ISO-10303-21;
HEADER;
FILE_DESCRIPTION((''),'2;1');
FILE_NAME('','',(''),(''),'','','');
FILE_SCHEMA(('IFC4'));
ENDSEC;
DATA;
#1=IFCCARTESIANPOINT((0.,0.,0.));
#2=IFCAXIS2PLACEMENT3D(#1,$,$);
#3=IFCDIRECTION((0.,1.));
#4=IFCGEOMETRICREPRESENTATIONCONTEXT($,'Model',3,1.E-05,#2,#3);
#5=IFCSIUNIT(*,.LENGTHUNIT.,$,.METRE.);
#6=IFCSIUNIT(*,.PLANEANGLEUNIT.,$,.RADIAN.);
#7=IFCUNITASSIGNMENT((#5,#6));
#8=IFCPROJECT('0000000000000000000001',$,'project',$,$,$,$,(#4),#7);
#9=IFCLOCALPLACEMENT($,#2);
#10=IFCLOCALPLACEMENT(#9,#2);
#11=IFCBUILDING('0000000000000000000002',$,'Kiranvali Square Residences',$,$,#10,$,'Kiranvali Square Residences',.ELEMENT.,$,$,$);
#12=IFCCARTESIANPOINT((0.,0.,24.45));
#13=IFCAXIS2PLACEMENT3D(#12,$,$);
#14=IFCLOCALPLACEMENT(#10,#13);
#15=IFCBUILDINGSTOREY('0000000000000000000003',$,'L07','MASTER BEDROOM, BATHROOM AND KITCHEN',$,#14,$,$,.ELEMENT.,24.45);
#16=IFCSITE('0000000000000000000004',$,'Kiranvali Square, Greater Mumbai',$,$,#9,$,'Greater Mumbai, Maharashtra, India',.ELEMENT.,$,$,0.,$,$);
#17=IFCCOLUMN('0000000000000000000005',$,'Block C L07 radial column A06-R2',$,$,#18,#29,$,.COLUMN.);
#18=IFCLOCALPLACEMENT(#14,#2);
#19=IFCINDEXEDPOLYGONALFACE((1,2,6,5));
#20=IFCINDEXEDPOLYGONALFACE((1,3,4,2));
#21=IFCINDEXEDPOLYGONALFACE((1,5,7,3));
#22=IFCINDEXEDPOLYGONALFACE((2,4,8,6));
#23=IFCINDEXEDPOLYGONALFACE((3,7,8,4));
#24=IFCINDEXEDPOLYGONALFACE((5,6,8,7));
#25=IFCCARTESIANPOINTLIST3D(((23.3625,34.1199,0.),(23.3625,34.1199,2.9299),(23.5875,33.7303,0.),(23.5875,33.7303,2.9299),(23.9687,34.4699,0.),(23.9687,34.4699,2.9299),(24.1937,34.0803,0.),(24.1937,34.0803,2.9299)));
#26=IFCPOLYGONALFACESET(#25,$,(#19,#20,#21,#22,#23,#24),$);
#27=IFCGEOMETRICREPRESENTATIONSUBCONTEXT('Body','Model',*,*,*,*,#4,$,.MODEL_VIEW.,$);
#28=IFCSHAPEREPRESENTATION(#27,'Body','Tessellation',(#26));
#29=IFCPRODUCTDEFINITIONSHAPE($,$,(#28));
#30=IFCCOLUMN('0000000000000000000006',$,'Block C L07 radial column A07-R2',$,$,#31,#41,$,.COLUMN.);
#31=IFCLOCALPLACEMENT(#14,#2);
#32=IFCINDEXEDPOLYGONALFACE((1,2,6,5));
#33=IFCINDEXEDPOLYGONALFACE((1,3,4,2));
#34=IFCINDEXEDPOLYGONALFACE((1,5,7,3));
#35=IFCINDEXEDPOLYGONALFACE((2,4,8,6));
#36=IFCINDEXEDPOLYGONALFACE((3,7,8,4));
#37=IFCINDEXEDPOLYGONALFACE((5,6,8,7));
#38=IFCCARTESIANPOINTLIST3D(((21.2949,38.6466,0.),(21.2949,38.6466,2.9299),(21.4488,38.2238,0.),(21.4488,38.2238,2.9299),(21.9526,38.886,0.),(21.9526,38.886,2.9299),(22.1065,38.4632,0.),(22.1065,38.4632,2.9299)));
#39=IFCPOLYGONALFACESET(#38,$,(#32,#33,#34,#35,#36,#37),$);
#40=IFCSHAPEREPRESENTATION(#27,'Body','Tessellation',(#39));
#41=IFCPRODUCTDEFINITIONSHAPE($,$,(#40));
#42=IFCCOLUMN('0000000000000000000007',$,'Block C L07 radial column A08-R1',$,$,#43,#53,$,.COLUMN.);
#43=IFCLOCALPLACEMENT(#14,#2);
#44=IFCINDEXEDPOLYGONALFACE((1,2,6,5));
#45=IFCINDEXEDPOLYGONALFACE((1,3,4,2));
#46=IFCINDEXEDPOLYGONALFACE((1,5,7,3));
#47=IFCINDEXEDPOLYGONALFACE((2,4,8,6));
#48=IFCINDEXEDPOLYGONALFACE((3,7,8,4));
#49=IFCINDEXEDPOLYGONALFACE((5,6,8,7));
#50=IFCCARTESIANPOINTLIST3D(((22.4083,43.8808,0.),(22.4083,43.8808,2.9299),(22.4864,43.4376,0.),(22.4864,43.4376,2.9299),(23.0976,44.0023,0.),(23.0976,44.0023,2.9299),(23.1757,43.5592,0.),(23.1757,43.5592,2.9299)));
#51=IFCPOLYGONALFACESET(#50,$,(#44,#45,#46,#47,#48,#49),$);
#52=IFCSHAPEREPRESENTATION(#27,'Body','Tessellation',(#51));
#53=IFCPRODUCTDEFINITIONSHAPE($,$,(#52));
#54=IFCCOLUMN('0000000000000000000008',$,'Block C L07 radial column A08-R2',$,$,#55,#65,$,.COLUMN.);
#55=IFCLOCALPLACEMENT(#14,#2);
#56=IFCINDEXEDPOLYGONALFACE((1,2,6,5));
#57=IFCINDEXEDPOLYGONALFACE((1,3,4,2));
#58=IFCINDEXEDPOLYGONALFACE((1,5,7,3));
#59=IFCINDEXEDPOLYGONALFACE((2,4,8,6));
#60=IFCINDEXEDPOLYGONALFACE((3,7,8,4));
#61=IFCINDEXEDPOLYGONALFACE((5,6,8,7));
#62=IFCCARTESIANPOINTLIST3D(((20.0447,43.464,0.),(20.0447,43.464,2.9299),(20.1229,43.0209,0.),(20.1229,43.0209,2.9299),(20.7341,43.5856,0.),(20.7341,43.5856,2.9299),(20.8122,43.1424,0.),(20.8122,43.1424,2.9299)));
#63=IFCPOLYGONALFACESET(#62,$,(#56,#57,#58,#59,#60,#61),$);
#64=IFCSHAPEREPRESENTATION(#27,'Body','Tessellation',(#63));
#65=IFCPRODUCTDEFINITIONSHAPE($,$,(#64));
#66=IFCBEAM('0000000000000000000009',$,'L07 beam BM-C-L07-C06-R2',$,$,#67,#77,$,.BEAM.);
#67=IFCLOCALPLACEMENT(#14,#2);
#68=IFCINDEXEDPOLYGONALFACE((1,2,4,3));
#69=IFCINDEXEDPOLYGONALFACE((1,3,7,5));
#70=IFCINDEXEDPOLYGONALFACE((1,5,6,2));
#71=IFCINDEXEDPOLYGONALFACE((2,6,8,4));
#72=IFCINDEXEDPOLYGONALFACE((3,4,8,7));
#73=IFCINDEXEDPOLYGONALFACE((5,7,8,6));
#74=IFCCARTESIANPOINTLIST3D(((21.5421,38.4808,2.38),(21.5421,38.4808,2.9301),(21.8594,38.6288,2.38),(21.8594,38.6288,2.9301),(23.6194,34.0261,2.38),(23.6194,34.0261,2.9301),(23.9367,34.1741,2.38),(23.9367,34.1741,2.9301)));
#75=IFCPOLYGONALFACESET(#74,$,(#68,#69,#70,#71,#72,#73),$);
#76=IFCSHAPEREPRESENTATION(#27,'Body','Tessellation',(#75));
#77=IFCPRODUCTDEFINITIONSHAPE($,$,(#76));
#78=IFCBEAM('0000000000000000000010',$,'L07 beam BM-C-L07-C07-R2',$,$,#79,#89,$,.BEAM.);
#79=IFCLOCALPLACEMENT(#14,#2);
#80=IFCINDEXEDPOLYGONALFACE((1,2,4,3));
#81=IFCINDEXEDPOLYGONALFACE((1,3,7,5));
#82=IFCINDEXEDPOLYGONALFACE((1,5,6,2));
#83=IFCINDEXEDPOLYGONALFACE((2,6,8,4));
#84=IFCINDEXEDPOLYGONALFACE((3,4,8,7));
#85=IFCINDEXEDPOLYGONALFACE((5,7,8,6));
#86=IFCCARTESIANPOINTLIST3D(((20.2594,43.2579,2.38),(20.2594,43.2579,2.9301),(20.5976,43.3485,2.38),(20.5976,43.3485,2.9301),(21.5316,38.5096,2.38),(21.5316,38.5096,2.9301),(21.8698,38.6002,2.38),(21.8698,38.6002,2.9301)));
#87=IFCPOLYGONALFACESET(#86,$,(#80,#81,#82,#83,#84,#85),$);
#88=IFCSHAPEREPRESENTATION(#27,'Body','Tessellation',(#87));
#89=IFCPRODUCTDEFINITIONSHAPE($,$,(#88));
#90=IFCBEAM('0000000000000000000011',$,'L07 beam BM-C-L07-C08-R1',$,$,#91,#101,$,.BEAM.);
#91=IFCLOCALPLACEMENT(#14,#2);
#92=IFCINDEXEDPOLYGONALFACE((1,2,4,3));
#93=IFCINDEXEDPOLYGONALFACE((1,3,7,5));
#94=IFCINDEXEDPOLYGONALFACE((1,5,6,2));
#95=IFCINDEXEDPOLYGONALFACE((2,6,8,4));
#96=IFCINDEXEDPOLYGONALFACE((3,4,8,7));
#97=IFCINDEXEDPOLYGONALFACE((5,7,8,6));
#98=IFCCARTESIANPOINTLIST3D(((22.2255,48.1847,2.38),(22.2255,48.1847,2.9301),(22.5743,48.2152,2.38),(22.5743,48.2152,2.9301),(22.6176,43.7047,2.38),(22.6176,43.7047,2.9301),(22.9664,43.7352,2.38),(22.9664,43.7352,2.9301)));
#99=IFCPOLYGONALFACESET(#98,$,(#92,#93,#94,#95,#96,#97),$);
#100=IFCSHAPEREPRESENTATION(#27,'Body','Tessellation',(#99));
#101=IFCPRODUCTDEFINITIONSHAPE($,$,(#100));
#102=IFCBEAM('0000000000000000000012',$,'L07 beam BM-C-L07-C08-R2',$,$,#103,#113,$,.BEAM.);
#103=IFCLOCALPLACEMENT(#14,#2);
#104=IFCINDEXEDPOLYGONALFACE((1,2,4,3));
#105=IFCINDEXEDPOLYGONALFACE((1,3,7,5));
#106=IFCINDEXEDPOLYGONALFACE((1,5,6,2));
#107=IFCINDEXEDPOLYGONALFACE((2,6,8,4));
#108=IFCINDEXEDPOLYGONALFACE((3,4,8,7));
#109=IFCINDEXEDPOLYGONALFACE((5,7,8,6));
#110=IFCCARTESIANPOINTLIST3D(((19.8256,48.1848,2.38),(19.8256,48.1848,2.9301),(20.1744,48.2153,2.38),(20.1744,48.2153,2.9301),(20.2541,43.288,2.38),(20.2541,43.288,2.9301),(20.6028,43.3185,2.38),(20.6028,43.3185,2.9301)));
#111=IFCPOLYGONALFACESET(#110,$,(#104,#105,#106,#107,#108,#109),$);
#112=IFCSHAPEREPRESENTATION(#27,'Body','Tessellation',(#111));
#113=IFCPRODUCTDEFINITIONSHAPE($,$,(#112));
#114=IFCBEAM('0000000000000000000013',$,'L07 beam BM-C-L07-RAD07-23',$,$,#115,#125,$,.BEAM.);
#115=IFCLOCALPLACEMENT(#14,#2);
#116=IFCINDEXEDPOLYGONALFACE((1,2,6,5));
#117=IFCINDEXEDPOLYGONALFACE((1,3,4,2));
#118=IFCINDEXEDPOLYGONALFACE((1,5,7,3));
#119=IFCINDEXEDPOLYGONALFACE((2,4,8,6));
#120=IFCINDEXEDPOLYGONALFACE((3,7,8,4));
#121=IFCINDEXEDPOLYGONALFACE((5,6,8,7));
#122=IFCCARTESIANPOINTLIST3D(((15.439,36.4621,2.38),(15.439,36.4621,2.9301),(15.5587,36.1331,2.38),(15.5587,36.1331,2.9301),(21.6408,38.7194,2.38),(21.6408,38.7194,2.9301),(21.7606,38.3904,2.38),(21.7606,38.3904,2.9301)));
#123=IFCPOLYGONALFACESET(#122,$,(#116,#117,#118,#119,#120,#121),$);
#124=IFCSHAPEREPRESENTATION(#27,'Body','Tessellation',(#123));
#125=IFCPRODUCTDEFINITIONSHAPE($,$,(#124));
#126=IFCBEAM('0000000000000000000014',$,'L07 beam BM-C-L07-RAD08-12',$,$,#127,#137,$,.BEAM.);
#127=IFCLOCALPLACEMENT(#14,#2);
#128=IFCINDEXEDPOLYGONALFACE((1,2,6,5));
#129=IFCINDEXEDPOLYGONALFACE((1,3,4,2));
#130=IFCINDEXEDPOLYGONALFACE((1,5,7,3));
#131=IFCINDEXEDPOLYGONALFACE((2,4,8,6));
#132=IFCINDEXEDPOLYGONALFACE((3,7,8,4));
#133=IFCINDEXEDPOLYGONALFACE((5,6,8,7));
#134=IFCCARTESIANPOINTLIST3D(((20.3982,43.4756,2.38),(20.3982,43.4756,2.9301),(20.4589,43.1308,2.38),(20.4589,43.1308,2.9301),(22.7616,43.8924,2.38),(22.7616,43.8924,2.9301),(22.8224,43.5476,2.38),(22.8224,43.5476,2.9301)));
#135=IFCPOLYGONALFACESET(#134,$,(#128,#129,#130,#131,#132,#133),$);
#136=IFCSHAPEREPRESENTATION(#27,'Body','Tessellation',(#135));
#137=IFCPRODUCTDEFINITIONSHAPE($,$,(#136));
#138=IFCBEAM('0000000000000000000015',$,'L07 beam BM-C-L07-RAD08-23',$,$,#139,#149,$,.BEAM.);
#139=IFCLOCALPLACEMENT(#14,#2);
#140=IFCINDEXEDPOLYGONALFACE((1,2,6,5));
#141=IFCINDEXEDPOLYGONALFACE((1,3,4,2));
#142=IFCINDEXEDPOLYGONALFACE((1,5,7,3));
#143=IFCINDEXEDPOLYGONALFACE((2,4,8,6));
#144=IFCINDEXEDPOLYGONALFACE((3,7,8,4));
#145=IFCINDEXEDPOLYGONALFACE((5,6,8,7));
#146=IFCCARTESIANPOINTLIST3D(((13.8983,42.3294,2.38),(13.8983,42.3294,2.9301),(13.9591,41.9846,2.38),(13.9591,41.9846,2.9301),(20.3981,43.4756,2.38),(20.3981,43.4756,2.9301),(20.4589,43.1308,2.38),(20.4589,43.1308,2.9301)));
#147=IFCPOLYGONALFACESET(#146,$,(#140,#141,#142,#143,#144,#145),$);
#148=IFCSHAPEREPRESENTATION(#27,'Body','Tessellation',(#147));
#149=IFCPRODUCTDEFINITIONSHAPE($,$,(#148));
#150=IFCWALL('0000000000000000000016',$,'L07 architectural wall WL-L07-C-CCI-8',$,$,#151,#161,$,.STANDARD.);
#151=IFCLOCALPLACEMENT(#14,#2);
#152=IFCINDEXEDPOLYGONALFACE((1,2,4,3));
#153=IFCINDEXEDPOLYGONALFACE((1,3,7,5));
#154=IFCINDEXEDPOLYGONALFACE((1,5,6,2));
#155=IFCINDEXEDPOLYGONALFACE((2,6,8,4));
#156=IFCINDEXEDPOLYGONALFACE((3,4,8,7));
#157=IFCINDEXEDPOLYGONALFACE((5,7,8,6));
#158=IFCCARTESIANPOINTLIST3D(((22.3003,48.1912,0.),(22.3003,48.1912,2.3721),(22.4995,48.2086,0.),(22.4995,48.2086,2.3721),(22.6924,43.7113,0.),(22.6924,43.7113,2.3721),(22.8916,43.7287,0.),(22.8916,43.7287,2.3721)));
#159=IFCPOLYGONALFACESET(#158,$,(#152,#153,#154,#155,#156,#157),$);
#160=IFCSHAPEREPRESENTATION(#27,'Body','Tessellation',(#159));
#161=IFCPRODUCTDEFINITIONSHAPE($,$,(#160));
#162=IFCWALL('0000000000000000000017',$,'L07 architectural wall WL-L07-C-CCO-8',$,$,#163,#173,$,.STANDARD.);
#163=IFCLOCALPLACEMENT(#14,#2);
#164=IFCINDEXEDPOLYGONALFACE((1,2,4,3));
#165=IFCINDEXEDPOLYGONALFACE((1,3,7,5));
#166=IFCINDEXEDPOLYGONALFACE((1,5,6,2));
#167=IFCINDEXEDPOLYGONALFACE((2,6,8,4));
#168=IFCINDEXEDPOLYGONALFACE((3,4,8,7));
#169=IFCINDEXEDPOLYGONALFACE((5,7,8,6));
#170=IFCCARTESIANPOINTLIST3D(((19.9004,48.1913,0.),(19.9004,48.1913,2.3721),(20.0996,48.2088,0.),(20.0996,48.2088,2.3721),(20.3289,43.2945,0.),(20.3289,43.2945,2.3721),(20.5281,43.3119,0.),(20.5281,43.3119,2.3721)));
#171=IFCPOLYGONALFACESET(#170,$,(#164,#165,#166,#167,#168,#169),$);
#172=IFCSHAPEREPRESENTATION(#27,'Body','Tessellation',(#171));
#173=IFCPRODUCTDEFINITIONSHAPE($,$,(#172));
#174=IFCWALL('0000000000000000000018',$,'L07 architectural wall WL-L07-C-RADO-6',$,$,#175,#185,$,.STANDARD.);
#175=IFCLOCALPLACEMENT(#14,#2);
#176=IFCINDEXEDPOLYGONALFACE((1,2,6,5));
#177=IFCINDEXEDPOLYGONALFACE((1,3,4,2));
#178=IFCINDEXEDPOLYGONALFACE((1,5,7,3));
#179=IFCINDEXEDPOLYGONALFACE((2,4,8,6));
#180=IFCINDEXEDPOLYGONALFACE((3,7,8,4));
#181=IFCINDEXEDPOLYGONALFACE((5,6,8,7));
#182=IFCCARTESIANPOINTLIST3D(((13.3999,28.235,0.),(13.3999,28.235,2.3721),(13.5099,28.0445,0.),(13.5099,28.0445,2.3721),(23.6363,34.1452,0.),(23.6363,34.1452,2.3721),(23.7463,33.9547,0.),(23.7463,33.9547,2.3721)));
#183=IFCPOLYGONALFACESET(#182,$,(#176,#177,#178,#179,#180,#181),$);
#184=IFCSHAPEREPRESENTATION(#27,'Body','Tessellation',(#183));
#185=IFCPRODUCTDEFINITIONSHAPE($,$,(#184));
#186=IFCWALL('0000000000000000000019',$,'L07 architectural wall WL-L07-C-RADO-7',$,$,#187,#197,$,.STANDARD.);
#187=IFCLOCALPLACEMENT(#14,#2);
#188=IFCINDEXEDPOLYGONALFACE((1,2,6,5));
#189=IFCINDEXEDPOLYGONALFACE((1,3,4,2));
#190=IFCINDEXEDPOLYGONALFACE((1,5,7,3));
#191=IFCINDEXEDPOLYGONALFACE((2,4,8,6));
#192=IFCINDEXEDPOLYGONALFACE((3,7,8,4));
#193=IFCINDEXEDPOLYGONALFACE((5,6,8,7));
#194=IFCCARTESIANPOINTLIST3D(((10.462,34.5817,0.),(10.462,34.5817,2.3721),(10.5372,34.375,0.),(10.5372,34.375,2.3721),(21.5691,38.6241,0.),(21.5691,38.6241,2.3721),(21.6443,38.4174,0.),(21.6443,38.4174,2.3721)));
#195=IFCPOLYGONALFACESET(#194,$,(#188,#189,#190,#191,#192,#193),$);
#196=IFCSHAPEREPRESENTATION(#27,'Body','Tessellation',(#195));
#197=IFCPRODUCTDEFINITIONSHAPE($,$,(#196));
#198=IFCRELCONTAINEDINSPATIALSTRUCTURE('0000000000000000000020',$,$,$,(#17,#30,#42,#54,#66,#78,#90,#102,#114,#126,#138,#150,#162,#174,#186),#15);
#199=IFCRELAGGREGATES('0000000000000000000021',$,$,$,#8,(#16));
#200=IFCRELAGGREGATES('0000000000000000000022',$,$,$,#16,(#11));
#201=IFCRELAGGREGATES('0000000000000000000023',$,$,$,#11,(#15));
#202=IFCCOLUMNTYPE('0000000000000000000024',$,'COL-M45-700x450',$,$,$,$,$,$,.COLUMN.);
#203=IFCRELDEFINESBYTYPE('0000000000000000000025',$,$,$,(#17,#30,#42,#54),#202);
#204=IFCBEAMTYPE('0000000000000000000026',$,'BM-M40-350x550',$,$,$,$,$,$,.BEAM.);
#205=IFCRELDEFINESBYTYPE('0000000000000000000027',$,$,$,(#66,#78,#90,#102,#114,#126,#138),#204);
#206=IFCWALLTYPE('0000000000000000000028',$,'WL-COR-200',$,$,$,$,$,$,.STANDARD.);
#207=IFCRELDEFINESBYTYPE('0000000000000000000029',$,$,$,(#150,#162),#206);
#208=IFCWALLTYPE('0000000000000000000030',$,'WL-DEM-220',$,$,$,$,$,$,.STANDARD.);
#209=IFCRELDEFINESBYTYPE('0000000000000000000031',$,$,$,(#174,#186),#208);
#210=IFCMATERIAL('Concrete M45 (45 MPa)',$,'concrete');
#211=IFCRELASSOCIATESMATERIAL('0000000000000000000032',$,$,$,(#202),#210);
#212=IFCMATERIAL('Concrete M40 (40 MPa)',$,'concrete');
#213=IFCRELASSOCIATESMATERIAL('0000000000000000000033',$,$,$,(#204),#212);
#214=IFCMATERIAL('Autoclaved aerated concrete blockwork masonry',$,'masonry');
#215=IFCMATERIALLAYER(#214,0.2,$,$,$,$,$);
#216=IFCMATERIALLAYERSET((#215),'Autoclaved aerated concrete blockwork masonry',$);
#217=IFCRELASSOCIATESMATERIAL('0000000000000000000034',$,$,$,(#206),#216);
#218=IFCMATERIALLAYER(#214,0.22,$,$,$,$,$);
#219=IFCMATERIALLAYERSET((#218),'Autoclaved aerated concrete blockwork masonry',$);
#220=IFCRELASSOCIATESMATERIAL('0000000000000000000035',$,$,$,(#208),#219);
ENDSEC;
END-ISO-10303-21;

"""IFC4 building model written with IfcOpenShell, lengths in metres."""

from ifc_helpers import new_model, si_unit, direction, frame, frame_2d, origin, origin_2d, place, context, subcontext, project, spatial, rectangle, extrude, material, layer, layer_set, material_profile, profile_set, type_object, element, save


model = new_model("IFC4")

# Units and contexts
model_context = context("Model", 3, precision=1e-05, world=origin(), true_north=direction((0.0, 1.0)))
body_context = subcontext(model_context, "Body", "Model", "MODEL_VIEW")
ifc_project = project(units=[si_unit("LENGTHUNIT", "METRE"), si_unit("PLANEANGLEUNIT", "RADIAN")], contexts=[model_context])

# Site, building, storey
site_placement = place(None, origin())
site = spatial("IfcSite", under=ifc_project, at=site_placement, Name="Kiranvali Square, Greater Mumbai", LongName="Greater Mumbai, Maharashtra, India", CompositionType="ELEMENT", RefElevation=0.0)
building_placement = place(site_placement, origin())
building = spatial("IfcBuilding", under=site, at=building_placement, Name="Kiranvali Square Residences", LongName="Kiranvali Square Residences", CompositionType="ELEMENT")
storey_placement = place(building_placement, frame((0.0, 0.0, 24.45)))
storey = spatial("IfcBuildingStorey", under=building, at=storey_placement, Name="L07", Description="MASTER BEDROOM, BATHROOM AND KITCHEN", CompositionType="ELEMENT", Elevation=24.45)

# Columns
ifc_material_1 = material(Name="Concrete M45 (45 MPa)", Category="concrete")
ifc_material_profile_1 = material_profile(ifc_material_1, rectangle(XDim=0.45, YDim=0.7, at=origin_2d()), Name="RC 700x450")
ifc_profile_set_1 = profile_set([ifc_material_profile_1], Name="Concrete M45 (45 MPa)")
column_type = type_object("IfcColumnType", Name="COL-M45-700x450", PredefinedType="COLUMN", material=ifc_profile_set_1)
for number, where, z_axis, x_axis, name in (
    (1, (23.7781, 34.1001, 0.0), (0.0, 0.0, 1.0), (-0.5, 0.866025, 0.0), "Block C L07 radial column A06-R2"),
    (2, (21.7007, 38.5549, 0.0), (0.0, 0.0, 1.0), (-0.34202, 0.939693, 0.0), "Block C L07 radial column A07-R2"),
    (3, (22.792, 43.72, 0.0), (0.0, 0.0, 1.0), (-0.173648, 0.984808, 0.0), "Block C L07 radial column A08-R1"),
    (4, (20.4285, 43.3032, 0.0), (0.0, 0.0, 1.0), (-0.173648, 0.984808, 0.0), "Block C L07 radial column A08-R2"),
):
    element("IfcColumn", number, at=place(storey_placement, frame(where, z_axis=z_axis, x_axis=x_axis)), inside=storey, type_object=column_type, Name=name, PredefinedType="COLUMN", context=body_context, shape_type="SweptSolid", body=[
        extrude(rectangle(XDim=0.45, YDim=0.7, at=origin_2d()), origin(), (0.0, 0.0, 1.0), 2.9299),
    ])

# Beams
ifc_material_2 = material(Name="Concrete M40 (40 MPa)", Category="concrete")
ifc_material_profile_2 = material_profile(ifc_material_2, rectangle(XDim=0.3501, YDim=0.55, at=origin_2d()), Name="RC 350x550")
ifc_profile_set_2 = profile_set([ifc_material_profile_2], Name="Concrete M40 (40 MPa)")
beam_type = type_object("IfcBeamType", Name="BM-M40-350x550", PredefinedType="BEAM", material=ifc_profile_set_2)
beam_1_placement = place(storey_placement, frame((23.7781, 34.1001, 2.655), z_axis=(-0.42263, 0.906302, 0.0), x_axis=(-0.906302, -0.42263, 0.0)))
element("IfcBeam", 5, at=beam_1_placement, inside=storey, type_object=beam_type, Name="L07 beam BM-C-L07-C06-R2", PredefinedType="BEAM", context=body_context, shape_type="SweptSolid", body=[
    extrude(rectangle(XDim=0.3501, YDim=0.55, at=origin_2d()), origin(), (0.0, 0.0, 1.0), 4.9153),
])
beam_2_placement = place(storey_placement, frame((21.7007, 38.5549, 2.655), z_axis=(-0.258803, 0.96593, 0.0), x_axis=(-0.96593, -0.258803, 0.0)))
element("IfcBeam", 6, at=beam_2_placement, inside=storey, type_object=beam_type, Name="L07 beam BM-C-L07-C07-R2", PredefinedType="BEAM", context=body_context, shape_type="SweptSolid", body=[
    extrude(rectangle(XDim=0.3501, YDim=0.55, at=origin_2d()), origin(), (0.0, 0.0, 1.0), 4.9158),
])
beam_3_placement = place(storey_placement, frame((22.792, 43.72, 2.655), z_axis=(-0.087187, 0.996192, 0.0), x_axis=(-0.996192, -0.087187, 0.0)))
element("IfcBeam", 7, at=beam_3_placement, inside=storey, type_object=beam_type, Name="L07 beam BM-C-L07-C08-R1", PredefinedType="BEAM", context=body_context, shape_type="SweptSolid", body=[
    extrude(rectangle(XDim=0.3501, YDim=0.55, at=origin_2d()), origin(), (0.0, 0.0, 1.0), 4.4971),
])
beam_4_placement = place(storey_placement, frame((20.4285, 43.3032, 2.655), z_axis=(-0.087168, 0.996194, 0.0), x_axis=(-0.996194, -0.087168, 0.0)))
element("IfcBeam", 8, at=beam_4_placement, inside=storey, type_object=beam_type, Name="L07 beam BM-C-L07-C08-R2", PredefinedType="BEAM", context=body_context, shape_type="SweptSolid", body=[
    extrude(rectangle(XDim=0.3501, YDim=0.55, at=origin_2d()), origin(), (0.0, 0.0, 1.0), 4.9155),
])
beam_5_placement = place(storey_placement, frame((21.7007, 38.5549, 2.655), z_axis=(-0.939692, -0.342022, 0.0), x_axis=(0.342022, -0.939692, 0.0)))
element("IfcBeam", 9, at=beam_5_placement, inside=storey, type_object=beam_type, Name="L07 beam BM-C-L07-RAD07-23", PredefinedType="BEAM", context=body_context, shape_type="SweptSolid", body=[
    extrude(rectangle(XDim=0.3501, YDim=0.55, at=origin_2d()), origin(), (0.0, 0.0, 1.0), 6.5999),
])
beam_6_placement = place(storey_placement, frame((22.792, 43.72, 2.655), z_axis=(-0.984808, -0.173646, 0.0), x_axis=(0.173646, -0.984808, 0.0)))
element("IfcBeam", 10, at=beam_6_placement, inside=storey, type_object=beam_type, Name="L07 beam BM-C-L07-RAD08-12", PredefinedType="BEAM", context=body_context, shape_type="SweptSolid", body=[
    extrude(rectangle(XDim=0.3501, YDim=0.55, at=origin_2d()), origin(), (0.0, 0.0, 1.0), 2.3999),
])
beam_7_placement = place(storey_placement, frame((20.4285, 43.3032, 2.655), z_axis=(-0.984804, -0.173671, 0.0), x_axis=(0.173671, -0.984804, 0.0)))
element("IfcBeam", 11, at=beam_7_placement, inside=storey, type_object=beam_type, Name="L07 beam BM-C-L07-RAD08-23", PredefinedType="BEAM", context=body_context, shape_type="SweptSolid", body=[
    extrude(rectangle(XDim=0.3501, YDim=0.55, at=origin_2d()), origin(), (0.0, 0.0, 1.0), 6.6001),
])

# Shared definitions
ifc_material_3 = material(Name="Autoclaved aerated concrete blockwork masonry", Category="masonry")
ifc_layer_1 = layer(ifc_material_3, 0.2)
ifc_layer_set_1 = layer_set([ifc_layer_1], Name="Autoclaved aerated concrete blockwork masonry")
wall_type_1 = type_object("IfcWallType", Name="WL-COR-200", PredefinedType="STANDARD", material=ifc_layer_set_1)

# Walls
wall_1_placement = place(storey_placement, frame((22.792, 43.72, 0.0), z_axis=(0.0, 0.0, 1.0), x_axis=(-0.087187, 0.996192, 0.0)))
element("IfcWall", 12, at=wall_1_placement, inside=storey, type_object=wall_type_1, Name="L07 architectural wall WL-L07-C-CCI-8", PredefinedType="STANDARD", context=body_context, shape_type="SweptSolid", body=[
    extrude(rectangle(XDim=4.4971, YDim=0.2, at=frame_2d((2.2485, 0.0))), origin(), (0.0, 0.0, 1.0), 2.3721),
])
wall_2_placement = place(storey_placement, frame((20.4285, 43.3032, 0.0), z_axis=(0.0, 0.0, 1.0), x_axis=(-0.087168, 0.996194, 0.0)))
element("IfcWall", 13, at=wall_2_placement, inside=storey, type_object=wall_type_1, Name="L07 architectural wall WL-L07-C-CCO-8", PredefinedType="STANDARD", context=body_context, shape_type="SweptSolid", body=[
    extrude(rectangle(XDim=4.9155, YDim=0.2, at=frame_2d((2.4578, 0.0))), origin(), (0.0, 0.0, 1.0), 2.3721),
])
ifc_layer_2 = layer(ifc_material_3, 0.22)
ifc_layer_set_2 = layer_set([ifc_layer_2], Name="Autoclaved aerated concrete blockwork masonry")
wall_type_2 = type_object("IfcWallType", Name="WL-DEM-220", PredefinedType="STANDARD", material=ifc_layer_set_2)
wall_3_placement = place(storey_placement, frame((23.6914, 34.05, 0.0), z_axis=(0.0, 0.0, 1.0), x_axis=(-0.866018, -0.500013, 0.0)))
element("IfcWall", 14, at=wall_3_placement, inside=storey, type_object=wall_type_2, Name="L07 architectural wall WL-L07-C-RADO-6", PredefinedType="STANDARD", context=body_context, shape_type="SweptSolid", body=[
    extrude(rectangle(XDim=11.8201, YDim=0.22, at=frame_2d((5.9102, 0.0))), origin(), (0.0, 0.0, 1.0), 2.3721),
])
wall_4_placement = place(storey_placement, frame((21.6067, 38.5208, 0.0), z_axis=(0.0, 0.0, 1.0), x_axis=(-0.939698, -0.342005, 0.0)))
element("IfcWall", 15, at=wall_4_placement, inside=storey, type_object=wall_type_2, Name="L07 architectural wall WL-L07-C-RADO-7", PredefinedType="STANDARD", context=body_context, shape_type="SweptSolid", body=[
    extrude(rectangle(XDim=11.8198, YDim=0.22, at=frame_2d((5.9099, 0.0))), origin(), (0.0, 0.0, 1.0), 2.3721),
])

save(model, "model.ifc")
